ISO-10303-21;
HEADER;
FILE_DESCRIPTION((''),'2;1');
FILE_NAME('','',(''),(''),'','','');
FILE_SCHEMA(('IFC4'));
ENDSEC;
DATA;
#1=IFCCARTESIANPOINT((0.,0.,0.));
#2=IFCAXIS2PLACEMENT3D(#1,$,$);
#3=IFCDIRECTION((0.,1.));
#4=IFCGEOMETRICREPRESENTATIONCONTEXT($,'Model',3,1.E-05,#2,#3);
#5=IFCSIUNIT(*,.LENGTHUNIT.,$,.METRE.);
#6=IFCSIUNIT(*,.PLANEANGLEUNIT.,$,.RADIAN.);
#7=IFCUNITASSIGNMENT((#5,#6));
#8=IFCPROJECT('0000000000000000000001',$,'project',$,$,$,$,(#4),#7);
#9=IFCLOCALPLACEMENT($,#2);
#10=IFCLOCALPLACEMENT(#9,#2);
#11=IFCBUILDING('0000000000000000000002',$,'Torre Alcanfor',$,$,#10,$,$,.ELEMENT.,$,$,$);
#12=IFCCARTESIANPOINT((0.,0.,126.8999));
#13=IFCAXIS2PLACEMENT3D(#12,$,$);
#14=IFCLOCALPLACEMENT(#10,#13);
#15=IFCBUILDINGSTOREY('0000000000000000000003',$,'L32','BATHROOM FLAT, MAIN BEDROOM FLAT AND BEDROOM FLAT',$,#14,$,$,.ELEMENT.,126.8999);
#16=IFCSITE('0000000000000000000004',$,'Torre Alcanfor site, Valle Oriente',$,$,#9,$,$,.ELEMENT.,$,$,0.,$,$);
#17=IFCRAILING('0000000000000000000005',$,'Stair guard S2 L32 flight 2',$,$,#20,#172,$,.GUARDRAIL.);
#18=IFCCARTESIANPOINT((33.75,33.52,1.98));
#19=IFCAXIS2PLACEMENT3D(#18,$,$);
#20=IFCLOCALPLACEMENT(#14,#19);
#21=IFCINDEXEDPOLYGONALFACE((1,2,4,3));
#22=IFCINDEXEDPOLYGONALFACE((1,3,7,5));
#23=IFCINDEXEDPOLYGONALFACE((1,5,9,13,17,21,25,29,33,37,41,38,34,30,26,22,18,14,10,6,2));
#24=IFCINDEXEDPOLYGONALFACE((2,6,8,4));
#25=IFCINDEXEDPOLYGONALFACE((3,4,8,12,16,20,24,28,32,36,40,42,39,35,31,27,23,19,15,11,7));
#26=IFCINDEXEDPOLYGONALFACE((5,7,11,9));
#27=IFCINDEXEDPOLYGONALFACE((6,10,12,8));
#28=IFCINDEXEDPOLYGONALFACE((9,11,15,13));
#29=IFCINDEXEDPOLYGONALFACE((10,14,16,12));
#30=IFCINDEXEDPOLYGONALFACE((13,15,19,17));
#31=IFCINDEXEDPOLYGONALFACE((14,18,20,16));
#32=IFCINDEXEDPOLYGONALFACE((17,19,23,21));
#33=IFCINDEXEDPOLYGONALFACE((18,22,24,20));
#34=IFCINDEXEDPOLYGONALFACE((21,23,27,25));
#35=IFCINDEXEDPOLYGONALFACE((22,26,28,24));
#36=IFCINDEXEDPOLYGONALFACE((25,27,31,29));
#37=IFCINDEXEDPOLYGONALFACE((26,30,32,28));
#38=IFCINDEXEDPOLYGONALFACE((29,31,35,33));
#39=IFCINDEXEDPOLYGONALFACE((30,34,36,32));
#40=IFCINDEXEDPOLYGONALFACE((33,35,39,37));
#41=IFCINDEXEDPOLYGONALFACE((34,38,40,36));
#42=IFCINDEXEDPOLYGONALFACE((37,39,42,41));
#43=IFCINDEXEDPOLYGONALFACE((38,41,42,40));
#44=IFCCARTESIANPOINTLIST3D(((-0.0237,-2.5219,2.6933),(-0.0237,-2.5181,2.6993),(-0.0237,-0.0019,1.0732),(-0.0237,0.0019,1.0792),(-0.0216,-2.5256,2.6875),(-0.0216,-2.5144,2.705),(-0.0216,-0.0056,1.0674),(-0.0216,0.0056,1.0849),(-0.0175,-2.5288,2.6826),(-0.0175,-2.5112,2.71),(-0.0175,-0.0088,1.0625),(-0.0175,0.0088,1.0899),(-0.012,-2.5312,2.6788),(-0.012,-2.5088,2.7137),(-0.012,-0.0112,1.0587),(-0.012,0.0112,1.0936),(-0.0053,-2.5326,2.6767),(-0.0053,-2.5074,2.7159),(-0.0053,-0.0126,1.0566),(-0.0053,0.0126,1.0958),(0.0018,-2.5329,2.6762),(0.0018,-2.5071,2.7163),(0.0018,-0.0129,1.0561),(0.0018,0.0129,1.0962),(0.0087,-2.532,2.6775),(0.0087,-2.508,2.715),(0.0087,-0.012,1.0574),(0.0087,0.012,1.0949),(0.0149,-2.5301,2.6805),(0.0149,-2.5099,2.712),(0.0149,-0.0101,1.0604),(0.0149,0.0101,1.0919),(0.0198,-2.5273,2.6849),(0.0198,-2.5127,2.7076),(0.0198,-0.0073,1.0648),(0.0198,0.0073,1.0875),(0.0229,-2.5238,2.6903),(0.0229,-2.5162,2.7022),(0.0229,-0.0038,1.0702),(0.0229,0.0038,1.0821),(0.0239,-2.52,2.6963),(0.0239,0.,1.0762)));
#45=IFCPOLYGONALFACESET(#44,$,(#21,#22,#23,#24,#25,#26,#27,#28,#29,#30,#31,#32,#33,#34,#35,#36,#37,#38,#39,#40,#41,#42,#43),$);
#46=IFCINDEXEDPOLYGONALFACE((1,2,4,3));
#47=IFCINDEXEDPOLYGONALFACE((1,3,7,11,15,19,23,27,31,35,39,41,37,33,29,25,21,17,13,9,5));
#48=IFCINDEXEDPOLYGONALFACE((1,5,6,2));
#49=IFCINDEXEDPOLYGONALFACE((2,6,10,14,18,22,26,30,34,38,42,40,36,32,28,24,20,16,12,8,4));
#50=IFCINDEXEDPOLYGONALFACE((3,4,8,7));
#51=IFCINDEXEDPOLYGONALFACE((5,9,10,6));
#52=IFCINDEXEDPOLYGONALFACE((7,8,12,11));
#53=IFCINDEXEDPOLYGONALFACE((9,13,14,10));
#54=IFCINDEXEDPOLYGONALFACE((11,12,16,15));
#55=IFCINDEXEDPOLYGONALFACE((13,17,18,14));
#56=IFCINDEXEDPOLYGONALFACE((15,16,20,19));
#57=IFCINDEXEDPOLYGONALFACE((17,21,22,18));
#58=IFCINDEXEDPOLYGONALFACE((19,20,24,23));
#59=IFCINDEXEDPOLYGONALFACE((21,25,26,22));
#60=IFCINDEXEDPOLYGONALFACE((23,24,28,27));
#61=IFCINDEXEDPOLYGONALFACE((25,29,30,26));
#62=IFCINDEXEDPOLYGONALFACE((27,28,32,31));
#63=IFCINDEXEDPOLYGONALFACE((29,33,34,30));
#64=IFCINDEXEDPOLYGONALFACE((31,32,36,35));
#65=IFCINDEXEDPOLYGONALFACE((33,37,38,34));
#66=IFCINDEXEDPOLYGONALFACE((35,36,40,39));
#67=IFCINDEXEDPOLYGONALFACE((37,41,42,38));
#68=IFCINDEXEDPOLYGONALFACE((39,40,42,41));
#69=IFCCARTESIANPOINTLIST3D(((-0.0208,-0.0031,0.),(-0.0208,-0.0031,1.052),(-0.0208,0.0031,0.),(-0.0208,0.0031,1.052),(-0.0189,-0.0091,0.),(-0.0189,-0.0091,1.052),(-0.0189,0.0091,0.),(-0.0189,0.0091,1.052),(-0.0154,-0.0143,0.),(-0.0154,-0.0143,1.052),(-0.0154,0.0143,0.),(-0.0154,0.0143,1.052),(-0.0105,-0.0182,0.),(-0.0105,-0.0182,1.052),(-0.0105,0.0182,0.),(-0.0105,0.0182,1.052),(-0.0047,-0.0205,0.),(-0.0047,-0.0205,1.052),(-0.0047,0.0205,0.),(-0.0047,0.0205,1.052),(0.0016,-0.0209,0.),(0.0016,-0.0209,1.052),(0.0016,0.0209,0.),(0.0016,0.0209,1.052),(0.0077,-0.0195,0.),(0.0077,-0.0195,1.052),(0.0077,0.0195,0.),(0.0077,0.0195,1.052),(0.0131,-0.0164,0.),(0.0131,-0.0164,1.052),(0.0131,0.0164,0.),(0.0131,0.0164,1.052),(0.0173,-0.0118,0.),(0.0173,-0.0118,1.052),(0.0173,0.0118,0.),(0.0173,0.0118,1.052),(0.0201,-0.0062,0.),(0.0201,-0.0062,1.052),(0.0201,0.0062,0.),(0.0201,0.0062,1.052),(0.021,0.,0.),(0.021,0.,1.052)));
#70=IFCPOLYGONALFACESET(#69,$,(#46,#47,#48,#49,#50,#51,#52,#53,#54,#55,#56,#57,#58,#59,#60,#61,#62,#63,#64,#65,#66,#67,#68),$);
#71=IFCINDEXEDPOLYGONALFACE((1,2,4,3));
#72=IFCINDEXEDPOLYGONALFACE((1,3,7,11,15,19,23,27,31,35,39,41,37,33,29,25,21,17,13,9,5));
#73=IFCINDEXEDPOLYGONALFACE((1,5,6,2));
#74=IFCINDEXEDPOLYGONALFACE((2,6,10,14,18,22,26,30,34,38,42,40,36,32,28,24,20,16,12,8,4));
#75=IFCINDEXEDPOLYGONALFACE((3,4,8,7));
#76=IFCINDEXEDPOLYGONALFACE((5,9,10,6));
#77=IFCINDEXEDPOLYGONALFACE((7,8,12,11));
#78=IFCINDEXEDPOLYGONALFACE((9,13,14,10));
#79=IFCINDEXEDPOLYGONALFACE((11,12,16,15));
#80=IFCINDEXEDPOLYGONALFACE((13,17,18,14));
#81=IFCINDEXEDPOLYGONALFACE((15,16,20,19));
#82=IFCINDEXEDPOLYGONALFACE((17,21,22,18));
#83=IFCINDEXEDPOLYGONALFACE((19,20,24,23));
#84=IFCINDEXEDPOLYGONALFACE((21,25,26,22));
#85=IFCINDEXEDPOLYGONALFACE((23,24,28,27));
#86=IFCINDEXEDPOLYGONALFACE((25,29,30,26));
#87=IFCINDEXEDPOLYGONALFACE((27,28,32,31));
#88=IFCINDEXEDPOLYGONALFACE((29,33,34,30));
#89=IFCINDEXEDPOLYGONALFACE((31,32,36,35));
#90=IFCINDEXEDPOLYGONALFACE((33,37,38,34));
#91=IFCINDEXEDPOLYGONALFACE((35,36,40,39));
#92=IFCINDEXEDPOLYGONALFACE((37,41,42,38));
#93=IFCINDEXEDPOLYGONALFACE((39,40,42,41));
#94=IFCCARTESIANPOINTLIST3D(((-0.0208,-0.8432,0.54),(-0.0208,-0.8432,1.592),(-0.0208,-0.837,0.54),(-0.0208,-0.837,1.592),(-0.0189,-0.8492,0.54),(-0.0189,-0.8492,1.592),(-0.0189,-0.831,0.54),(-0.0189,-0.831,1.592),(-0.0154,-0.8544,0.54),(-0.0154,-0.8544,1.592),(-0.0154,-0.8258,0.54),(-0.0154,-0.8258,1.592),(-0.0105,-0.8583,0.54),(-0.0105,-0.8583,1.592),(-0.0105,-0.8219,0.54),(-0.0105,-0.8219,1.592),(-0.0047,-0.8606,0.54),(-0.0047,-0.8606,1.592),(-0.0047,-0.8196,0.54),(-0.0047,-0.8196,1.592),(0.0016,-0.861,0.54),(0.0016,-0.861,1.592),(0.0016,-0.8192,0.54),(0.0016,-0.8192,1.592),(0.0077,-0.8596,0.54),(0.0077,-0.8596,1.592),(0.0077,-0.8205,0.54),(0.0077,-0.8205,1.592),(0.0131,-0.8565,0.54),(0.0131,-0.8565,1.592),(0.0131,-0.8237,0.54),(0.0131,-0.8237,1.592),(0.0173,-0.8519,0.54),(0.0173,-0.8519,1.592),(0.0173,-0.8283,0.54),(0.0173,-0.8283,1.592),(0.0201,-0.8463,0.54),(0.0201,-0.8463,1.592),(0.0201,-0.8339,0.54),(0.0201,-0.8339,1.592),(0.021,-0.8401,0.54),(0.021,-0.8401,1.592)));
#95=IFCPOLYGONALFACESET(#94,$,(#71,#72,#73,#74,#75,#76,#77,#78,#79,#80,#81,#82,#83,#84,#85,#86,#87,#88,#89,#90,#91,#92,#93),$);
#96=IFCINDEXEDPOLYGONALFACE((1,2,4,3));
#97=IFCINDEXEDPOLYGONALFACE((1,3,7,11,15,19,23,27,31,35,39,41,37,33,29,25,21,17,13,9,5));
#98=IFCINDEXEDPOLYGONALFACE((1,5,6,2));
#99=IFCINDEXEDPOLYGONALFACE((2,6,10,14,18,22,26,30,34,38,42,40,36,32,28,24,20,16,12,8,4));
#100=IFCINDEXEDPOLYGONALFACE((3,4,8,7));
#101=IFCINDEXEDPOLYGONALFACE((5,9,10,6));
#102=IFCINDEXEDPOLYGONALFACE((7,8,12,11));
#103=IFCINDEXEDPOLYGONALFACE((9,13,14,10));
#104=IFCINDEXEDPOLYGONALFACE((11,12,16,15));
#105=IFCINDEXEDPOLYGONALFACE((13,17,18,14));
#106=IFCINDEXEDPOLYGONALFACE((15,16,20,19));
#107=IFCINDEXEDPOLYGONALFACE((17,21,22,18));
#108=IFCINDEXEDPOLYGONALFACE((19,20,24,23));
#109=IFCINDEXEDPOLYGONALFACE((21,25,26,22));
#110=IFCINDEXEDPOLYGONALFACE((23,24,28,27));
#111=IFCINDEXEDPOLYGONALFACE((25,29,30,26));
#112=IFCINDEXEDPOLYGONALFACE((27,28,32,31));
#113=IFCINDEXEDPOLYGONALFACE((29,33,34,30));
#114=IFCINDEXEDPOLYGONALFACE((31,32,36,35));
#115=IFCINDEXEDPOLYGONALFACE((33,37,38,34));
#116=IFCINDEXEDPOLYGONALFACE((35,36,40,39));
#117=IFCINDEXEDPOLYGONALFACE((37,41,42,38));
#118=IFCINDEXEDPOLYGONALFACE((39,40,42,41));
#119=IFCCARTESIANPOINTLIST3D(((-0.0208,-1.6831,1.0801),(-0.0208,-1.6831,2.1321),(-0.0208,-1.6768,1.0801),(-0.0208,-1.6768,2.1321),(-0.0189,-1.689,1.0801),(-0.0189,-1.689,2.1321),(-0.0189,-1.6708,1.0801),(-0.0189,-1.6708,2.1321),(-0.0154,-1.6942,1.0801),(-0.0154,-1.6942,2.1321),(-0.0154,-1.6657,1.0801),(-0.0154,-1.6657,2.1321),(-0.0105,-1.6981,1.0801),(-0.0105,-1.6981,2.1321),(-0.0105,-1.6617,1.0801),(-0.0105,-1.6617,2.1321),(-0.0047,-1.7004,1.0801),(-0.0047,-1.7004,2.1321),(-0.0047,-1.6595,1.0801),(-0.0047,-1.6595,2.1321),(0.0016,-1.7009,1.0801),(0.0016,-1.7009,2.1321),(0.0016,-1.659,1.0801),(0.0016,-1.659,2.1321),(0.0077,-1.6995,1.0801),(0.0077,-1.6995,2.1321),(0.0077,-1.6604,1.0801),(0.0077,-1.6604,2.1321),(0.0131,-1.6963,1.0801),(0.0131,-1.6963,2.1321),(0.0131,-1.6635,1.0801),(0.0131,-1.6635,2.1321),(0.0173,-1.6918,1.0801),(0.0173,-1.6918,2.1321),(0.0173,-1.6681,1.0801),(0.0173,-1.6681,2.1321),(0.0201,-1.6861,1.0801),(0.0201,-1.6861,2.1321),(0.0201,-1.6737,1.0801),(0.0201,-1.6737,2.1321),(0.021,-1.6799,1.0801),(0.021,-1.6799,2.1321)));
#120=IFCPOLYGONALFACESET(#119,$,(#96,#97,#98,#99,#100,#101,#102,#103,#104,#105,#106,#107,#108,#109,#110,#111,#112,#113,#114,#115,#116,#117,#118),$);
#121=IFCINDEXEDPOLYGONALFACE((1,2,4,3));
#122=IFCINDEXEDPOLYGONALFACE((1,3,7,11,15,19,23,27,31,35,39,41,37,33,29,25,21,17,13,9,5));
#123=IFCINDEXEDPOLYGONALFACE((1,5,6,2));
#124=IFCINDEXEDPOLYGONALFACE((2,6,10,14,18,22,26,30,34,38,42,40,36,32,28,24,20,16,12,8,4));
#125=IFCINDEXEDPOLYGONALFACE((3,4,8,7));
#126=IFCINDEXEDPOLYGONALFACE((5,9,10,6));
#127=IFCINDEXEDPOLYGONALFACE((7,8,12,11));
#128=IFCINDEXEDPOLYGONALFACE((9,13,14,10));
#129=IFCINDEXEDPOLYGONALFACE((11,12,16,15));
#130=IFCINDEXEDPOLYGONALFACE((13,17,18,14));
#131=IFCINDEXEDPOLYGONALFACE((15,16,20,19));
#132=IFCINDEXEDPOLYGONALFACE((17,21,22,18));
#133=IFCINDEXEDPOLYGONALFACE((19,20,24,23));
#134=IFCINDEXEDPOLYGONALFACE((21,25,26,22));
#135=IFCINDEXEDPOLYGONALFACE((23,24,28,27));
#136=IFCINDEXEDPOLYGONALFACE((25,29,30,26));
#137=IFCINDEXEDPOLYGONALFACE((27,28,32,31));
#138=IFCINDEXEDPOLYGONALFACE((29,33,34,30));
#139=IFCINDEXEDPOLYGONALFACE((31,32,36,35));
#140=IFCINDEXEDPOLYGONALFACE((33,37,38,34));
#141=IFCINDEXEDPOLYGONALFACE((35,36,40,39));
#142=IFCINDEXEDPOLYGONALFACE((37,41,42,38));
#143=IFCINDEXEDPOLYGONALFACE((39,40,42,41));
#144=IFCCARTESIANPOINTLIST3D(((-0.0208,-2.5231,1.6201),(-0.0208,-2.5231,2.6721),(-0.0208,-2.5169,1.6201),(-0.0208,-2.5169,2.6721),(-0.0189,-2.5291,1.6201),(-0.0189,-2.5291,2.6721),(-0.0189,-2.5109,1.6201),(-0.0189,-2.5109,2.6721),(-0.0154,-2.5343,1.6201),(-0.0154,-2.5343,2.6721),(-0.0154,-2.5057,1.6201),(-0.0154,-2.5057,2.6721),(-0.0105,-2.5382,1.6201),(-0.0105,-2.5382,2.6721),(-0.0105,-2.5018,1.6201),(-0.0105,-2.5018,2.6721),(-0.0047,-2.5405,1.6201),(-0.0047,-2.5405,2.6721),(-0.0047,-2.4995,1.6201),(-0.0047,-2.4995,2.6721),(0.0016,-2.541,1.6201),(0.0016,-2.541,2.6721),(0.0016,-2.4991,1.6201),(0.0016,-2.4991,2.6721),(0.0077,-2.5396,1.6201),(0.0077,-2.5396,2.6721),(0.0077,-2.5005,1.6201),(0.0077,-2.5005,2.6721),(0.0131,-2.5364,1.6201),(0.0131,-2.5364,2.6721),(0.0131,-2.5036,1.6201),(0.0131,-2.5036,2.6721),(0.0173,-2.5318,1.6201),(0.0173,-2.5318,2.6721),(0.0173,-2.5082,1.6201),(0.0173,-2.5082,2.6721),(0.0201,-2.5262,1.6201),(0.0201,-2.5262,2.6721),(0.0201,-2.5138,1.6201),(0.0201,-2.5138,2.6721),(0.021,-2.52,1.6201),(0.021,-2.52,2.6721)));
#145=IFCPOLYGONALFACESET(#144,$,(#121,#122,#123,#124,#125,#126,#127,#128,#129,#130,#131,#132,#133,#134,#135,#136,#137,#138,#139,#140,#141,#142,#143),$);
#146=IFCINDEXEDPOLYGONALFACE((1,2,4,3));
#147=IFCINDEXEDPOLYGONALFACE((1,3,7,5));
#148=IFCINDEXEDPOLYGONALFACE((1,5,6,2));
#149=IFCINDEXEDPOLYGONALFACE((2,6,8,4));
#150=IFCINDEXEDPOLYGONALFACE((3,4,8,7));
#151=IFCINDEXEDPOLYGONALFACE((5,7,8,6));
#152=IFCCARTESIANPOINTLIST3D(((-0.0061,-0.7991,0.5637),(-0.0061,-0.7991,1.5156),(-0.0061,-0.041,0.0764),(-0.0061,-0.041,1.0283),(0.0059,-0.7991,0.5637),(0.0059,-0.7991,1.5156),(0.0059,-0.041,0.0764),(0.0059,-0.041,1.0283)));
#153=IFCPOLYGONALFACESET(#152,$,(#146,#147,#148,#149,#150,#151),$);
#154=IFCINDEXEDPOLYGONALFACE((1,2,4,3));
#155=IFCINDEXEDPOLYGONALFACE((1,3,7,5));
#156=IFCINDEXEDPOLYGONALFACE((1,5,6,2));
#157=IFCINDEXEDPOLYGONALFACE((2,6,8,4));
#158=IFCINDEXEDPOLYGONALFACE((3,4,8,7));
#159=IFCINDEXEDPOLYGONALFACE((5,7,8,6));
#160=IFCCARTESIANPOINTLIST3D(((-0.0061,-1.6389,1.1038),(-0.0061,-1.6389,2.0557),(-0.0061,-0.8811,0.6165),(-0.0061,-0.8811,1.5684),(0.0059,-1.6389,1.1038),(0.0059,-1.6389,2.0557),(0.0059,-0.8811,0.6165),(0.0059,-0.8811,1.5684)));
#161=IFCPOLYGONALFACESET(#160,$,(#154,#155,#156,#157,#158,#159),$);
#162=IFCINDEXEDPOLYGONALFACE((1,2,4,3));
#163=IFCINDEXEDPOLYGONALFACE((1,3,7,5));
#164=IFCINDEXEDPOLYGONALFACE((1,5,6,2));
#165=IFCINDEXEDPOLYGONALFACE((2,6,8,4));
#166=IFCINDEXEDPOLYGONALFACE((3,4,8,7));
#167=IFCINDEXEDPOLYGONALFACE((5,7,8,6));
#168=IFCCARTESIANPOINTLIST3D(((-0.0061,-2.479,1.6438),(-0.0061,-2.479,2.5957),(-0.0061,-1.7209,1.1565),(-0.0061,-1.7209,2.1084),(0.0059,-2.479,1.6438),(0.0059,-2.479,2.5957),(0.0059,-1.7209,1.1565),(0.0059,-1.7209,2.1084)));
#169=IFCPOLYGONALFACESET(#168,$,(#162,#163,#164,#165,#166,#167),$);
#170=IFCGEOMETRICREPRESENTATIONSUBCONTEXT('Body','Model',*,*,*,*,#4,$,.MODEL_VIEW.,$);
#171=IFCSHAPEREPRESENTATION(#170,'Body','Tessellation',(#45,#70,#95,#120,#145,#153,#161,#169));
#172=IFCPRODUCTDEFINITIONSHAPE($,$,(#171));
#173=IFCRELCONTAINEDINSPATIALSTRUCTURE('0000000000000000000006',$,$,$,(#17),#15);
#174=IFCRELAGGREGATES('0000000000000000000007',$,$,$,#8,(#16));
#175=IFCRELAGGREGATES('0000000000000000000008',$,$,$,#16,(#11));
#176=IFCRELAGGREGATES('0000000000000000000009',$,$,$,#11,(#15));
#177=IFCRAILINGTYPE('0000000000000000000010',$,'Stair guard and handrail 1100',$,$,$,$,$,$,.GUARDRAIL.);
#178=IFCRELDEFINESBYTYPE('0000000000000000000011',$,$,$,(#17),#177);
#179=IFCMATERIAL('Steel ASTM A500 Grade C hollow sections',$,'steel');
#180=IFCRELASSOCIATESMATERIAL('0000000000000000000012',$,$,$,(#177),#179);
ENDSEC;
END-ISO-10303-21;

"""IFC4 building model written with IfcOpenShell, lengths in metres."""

from ifc_helpers import new_model, si_unit, direction, frame, origin, origin_2d, place, context, subcontext, project, spatial, polyline, circle, outline, extrude, material, type_object, element, save


model = new_model("IFC4")

# Units and contexts
model_context = context("Model", 3, precision=1e-05, world=origin(), true_north=direction((0.0, 1.0)))
body_context = subcontext(model_context, "Body", "Model", "MODEL_VIEW")
ifc_project = project(units=[si_unit("LENGTHUNIT", "METRE"), si_unit("PLANEANGLEUNIT", "RADIAN")], contexts=[model_context])

# Site, building, storey
site_placement = place(None, origin())
site = spatial("IfcSite", under=ifc_project, at=site_placement, Name="Torre Alcanfor site, Valle Oriente", CompositionType="ELEMENT", RefElevation=0.0)
building_placement = place(site_placement, origin())
building = spatial("IfcBuilding", under=site, at=building_placement, Name="Torre Alcanfor", CompositionType="ELEMENT")
storey_placement = place(building_placement, frame((0.0, 0.0, 126.8999)))
storey = spatial("IfcBuildingStorey", under=building, at=storey_placement, Name="L32", Description="BATHROOM FLAT, MAIN BEDROOM FLAT AND BEDROOM FLAT", CompositionType="ELEMENT", Elevation=126.8999)

# Railing
ifc_material_1 = material(Name="Steel ASTM A500 Grade C hollow sections", Category="steel")
railing_type_1 = type_object("IfcRailingType", Name="Stair guard and handrail 1100", PredefinedType="GUARDRAIL", material=ifc_material_1)
railing_1_placement = place(storey_placement, frame((33.75, 33.52, 1.98)))
element("IfcRailing", 1, at=railing_1_placement, inside=storey, type_object=railing_type_1, Name="Stair guard S2 L32 flight 2", PredefinedType="GUARDRAIL", context=body_context, shape_type="SweptSolid", body=[
    extrude(circle(Radius=0.0239, at=origin_2d()), frame((0.0, 0.0, 1.0762), z_axis=(0.0, -0.841163, 0.540782), x_axis=(1.0, 0.0, 0.0)), (0.0, 0.0, 1.0), 2.9958),
    extrude(circle(Radius=0.021, at=origin_2d()), origin(), (0.0, 0.0, 1.0), 1.052),
    extrude(circle(Radius=0.021, at=origin_2d()), frame((0.0, -0.8401, 0.54)), (0.0, 0.0, 1.0), 1.052),
    extrude(circle(Radius=0.021, at=origin_2d()), frame((0.0, -1.6799, 1.0801)), (0.0, 0.0, 1.0), 1.052),
    extrude(circle(Radius=0.021, at=origin_2d()), frame((0.0, -2.52, 1.6201)), (0.0, 0.0, 1.0), 1.052),
    extrude(outline(polyline([(0.041, 0.0764), (0.7991, 0.5637), (0.7991, 1.5156), (0.041, 1.0283), (0.041, 0.0764)])), frame((0.0059, 0.0, 0.0), z_axis=(-1.0, 0.0, 0.0), x_axis=(0.0, -1.0, 0.0)), (0.0, 0.0, 1.0), 0.012),
    extrude(outline(polyline([(0.8811, 0.6165), (1.6389, 1.1038), (1.6389, 2.0557), (0.8811, 1.5684), (0.8811, 0.6165)])), frame((0.0059, 0.0, 0.0), z_axis=(-1.0, 0.0, 0.0), x_axis=(0.0, -1.0, 0.0)), (0.0, 0.0, 1.0), 0.012),
    extrude(outline(polyline([(1.7209, 1.1565), (2.479, 1.6438), (2.479, 2.5957), (1.7209, 2.1084), (1.7209, 1.1565)])), frame((0.0059, 0.0, 0.0), z_axis=(-1.0, 0.0, 0.0), x_axis=(0.0, -1.0, 0.0)), (0.0, 0.0, 1.0), 0.012),
])

save(model, "model.ifc")
